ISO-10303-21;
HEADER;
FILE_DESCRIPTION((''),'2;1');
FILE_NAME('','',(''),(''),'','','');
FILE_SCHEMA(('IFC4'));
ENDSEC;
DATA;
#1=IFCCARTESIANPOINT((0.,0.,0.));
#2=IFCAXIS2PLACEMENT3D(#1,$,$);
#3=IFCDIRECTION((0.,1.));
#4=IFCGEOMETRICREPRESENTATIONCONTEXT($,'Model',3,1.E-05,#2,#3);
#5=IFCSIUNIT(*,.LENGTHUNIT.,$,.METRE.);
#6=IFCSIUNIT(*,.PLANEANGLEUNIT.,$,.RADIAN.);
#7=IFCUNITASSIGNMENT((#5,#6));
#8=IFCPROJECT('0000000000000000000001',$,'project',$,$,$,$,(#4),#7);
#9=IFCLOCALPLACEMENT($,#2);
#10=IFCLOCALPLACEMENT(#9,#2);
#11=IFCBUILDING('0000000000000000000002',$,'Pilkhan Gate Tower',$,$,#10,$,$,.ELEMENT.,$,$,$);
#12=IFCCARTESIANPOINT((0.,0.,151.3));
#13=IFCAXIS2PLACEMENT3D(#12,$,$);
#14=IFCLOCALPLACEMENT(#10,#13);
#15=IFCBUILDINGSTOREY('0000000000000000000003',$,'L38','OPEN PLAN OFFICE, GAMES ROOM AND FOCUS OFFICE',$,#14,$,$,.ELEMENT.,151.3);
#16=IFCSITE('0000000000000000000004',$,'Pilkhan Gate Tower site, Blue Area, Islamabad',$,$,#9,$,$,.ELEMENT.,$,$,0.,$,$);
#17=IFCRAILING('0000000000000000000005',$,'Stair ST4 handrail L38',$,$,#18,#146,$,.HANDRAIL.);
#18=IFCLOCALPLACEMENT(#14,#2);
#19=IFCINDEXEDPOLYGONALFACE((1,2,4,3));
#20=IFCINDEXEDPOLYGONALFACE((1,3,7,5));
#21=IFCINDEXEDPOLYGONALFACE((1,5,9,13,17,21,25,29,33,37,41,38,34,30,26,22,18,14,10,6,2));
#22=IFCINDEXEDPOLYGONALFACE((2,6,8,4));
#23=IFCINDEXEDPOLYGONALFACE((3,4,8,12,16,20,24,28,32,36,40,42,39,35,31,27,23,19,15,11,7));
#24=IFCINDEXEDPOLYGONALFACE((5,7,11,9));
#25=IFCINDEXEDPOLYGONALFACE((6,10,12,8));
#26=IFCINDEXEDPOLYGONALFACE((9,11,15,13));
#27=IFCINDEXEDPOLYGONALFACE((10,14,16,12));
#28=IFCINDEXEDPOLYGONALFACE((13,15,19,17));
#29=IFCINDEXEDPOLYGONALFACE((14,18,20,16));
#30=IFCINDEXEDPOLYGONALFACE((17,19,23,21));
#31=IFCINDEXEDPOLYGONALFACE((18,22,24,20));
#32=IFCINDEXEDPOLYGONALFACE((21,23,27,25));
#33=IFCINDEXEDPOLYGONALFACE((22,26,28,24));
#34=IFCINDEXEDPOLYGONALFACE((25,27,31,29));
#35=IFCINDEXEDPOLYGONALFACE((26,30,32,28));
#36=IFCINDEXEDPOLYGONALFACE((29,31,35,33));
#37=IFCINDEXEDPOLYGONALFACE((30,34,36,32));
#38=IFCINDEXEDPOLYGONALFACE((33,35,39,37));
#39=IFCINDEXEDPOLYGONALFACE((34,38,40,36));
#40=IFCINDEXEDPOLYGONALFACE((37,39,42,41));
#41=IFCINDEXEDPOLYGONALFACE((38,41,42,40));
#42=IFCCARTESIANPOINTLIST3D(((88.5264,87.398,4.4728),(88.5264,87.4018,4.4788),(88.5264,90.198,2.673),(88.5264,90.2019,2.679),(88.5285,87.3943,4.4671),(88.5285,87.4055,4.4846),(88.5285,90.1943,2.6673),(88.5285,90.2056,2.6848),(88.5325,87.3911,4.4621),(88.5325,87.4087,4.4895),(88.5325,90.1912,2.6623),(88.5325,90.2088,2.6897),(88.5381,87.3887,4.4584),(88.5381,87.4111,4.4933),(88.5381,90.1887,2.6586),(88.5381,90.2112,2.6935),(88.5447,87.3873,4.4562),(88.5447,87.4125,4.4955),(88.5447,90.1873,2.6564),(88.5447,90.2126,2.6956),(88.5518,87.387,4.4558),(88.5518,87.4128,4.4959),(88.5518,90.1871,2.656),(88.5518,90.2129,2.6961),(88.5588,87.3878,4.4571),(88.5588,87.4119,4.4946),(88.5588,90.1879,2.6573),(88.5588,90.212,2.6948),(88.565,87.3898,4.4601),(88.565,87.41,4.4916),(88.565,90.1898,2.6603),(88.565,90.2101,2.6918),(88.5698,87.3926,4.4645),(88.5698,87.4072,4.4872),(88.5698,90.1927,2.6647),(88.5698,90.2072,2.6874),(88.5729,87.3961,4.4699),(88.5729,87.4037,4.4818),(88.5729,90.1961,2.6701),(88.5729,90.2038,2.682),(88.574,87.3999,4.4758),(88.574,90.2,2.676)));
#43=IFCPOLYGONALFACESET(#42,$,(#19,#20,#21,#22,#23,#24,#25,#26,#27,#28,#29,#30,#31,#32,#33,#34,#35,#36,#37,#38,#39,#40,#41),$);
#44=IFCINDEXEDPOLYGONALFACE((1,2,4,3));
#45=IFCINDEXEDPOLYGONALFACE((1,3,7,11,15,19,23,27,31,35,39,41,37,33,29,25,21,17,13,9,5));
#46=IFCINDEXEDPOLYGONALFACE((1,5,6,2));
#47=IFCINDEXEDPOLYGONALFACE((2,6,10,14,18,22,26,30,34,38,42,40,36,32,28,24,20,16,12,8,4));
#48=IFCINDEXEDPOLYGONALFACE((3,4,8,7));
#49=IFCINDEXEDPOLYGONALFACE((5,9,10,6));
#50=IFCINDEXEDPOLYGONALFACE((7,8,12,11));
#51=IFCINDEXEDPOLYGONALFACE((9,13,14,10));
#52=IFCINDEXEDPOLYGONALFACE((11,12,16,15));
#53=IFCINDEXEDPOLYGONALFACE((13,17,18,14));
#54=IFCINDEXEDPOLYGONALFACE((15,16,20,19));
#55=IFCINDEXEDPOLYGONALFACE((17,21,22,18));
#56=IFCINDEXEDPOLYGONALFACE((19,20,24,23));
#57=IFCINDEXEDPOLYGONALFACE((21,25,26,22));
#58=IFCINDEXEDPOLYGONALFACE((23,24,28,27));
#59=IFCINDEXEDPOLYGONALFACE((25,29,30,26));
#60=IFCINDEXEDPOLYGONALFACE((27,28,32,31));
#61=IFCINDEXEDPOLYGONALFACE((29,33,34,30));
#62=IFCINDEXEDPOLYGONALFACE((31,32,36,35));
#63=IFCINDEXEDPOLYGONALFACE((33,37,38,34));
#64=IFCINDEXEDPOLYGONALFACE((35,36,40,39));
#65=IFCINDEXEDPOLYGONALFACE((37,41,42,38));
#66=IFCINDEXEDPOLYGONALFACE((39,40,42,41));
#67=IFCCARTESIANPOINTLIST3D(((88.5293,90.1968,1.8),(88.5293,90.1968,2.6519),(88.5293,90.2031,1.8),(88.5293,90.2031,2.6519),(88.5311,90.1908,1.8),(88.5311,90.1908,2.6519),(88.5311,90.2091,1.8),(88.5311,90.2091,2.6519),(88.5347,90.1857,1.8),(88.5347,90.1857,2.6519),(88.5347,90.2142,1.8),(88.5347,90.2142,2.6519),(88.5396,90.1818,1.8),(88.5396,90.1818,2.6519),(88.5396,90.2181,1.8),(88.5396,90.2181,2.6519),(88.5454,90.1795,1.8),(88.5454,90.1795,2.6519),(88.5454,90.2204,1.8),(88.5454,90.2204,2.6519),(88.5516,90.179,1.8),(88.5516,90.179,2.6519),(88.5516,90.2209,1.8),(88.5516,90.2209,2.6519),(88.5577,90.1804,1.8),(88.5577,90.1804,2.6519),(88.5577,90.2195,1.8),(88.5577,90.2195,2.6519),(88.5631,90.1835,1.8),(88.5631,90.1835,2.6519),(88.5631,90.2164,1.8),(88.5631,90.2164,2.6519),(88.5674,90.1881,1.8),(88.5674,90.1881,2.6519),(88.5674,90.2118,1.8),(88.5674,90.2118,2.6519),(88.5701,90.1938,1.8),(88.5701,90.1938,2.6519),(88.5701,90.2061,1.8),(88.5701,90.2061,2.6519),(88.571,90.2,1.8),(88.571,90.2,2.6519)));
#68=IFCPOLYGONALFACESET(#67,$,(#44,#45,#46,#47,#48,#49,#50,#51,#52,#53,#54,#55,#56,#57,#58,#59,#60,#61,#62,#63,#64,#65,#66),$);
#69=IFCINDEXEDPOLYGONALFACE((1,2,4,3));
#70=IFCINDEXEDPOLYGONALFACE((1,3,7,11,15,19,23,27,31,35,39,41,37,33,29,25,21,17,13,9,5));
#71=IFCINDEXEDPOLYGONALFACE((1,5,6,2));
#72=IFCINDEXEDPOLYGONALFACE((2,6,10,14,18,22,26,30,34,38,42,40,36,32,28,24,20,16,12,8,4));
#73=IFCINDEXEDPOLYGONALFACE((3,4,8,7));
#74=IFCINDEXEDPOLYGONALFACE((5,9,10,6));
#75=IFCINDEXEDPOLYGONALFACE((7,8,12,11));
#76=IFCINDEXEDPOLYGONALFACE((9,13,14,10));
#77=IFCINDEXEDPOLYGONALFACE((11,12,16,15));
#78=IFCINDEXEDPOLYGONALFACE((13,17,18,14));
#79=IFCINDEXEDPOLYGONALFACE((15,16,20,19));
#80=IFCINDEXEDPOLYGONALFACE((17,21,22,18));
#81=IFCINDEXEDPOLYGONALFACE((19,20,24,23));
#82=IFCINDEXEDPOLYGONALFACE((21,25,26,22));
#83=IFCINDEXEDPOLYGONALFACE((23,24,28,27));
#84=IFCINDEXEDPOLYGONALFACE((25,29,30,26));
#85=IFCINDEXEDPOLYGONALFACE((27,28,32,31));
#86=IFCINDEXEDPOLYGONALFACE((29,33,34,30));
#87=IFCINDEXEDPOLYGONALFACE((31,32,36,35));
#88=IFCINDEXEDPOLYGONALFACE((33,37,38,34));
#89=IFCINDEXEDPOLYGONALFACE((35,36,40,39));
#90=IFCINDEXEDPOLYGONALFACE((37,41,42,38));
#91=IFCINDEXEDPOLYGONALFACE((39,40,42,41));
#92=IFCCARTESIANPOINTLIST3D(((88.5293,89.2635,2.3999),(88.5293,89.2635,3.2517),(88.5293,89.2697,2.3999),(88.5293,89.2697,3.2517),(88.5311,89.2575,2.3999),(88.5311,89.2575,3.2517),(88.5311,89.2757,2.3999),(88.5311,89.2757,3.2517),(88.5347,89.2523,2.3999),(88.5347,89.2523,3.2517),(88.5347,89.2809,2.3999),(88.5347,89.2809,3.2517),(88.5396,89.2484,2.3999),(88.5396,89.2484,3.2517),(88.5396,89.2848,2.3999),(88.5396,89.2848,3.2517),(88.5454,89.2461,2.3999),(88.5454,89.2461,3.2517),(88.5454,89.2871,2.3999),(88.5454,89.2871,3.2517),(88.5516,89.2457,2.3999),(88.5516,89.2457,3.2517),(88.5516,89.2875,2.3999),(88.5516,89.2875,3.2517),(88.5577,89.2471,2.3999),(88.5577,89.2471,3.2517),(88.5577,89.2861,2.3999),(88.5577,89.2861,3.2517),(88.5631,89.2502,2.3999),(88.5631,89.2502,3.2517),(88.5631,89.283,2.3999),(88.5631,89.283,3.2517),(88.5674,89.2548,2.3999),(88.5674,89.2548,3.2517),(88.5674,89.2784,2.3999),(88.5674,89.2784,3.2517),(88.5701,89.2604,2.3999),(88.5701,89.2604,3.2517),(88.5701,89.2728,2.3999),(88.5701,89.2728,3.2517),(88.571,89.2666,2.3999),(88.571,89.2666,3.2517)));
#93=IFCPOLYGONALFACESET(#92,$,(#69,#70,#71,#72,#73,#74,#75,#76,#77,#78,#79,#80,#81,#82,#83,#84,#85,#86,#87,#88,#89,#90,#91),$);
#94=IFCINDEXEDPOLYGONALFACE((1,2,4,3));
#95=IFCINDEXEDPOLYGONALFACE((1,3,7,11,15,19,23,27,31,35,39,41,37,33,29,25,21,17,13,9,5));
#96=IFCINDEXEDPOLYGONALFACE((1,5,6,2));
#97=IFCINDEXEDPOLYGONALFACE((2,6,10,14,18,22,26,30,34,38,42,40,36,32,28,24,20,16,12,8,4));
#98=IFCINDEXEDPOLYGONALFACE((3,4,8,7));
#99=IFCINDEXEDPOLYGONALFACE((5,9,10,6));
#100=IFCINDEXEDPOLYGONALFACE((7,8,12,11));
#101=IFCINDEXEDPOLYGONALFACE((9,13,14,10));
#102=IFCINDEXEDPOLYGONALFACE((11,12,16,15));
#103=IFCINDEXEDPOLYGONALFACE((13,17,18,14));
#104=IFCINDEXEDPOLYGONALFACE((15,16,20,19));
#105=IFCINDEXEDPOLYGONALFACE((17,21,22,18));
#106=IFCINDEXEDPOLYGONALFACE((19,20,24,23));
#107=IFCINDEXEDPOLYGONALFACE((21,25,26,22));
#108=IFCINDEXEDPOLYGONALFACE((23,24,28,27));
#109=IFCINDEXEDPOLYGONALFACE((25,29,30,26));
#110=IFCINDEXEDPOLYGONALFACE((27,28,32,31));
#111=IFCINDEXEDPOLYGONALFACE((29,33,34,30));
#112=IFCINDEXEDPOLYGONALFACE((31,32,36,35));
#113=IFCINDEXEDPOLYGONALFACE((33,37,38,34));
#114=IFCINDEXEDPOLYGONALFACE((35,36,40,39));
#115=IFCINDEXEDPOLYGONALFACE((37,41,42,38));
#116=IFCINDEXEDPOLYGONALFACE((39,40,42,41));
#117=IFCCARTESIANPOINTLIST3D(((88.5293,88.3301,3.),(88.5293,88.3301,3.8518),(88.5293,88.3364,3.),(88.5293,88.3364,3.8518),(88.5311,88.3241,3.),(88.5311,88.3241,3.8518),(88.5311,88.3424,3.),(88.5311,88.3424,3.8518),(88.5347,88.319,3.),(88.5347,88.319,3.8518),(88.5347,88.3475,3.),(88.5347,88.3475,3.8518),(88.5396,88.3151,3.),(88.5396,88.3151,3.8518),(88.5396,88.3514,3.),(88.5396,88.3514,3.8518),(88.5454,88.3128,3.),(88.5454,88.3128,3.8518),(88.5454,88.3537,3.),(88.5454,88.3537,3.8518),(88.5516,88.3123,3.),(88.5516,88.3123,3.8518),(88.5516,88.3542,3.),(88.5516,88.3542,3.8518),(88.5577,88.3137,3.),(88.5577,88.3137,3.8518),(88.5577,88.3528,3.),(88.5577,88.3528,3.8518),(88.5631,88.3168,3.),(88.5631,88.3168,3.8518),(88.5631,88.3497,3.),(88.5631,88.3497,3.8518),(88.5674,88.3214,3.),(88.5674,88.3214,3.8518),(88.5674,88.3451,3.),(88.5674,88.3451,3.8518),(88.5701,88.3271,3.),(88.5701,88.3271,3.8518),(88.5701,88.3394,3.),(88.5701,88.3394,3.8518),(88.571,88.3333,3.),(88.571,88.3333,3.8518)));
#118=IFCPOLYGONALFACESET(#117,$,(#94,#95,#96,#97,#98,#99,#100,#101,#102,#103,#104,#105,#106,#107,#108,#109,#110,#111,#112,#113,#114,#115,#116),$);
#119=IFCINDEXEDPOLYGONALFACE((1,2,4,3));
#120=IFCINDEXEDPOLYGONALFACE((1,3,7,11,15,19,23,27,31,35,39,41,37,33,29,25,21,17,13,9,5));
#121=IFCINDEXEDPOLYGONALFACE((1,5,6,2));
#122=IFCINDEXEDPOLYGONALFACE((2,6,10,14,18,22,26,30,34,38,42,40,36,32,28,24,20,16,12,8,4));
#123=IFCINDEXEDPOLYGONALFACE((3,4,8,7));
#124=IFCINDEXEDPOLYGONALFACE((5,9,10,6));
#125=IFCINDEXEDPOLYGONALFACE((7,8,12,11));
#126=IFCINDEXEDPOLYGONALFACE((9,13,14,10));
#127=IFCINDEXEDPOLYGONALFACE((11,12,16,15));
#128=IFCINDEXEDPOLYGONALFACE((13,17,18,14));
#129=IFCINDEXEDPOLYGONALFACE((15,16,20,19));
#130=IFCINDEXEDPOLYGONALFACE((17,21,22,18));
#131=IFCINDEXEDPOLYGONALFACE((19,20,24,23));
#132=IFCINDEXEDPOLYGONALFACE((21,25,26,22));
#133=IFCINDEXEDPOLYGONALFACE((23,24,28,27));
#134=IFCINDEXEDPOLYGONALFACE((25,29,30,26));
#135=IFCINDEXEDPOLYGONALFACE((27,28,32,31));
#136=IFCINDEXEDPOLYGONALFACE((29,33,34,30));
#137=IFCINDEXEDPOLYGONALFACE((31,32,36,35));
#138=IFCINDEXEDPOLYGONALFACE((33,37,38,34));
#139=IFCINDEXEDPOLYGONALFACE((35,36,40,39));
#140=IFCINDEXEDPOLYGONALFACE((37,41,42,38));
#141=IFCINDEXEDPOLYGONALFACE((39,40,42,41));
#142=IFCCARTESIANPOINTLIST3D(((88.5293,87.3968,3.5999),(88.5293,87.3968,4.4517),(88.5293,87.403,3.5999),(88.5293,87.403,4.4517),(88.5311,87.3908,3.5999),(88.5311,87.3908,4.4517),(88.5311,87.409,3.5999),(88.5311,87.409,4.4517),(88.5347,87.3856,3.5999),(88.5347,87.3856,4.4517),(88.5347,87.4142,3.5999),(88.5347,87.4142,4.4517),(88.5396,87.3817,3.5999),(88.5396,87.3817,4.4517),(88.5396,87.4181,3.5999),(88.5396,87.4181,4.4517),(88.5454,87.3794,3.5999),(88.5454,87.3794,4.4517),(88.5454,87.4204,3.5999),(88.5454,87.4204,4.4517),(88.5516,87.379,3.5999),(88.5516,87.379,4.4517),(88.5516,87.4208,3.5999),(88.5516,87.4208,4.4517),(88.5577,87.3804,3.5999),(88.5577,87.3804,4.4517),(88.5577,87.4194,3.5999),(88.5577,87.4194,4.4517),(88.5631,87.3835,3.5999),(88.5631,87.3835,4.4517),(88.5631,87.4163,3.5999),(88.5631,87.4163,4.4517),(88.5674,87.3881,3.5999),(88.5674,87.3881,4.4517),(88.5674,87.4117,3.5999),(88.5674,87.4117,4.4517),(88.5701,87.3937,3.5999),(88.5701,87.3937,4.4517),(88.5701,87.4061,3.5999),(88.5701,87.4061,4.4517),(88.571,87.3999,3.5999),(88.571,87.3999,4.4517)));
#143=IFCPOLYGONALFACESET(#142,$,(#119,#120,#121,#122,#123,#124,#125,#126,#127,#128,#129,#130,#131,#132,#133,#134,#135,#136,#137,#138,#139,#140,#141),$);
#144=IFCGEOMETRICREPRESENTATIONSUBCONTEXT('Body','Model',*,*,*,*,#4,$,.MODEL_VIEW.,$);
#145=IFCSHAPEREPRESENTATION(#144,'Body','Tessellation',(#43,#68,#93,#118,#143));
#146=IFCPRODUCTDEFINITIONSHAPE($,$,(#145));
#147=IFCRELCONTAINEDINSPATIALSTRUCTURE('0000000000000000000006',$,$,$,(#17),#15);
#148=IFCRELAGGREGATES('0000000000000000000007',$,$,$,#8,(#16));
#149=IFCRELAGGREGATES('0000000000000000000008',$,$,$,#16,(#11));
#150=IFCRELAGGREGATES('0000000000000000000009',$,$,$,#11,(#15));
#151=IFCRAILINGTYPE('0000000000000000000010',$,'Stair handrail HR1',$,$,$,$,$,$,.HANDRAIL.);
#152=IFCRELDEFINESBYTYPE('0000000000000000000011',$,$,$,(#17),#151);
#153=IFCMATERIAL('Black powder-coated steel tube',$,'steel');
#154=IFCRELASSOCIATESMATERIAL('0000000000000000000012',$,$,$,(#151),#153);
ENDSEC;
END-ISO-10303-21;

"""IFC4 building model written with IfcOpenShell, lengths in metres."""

from ifc_helpers import new_model, si_unit, direction, frame, origin, origin_2d, place, context, subcontext, project, spatial, circle, extrude, material, type_object, element, save


model = new_model("IFC4")

# Units and contexts
model_context = context("Model", 3, precision=1e-05, world=origin(), true_north=direction((0.0, 1.0)))
body_context = subcontext(model_context, "Body", "Model", "MODEL_VIEW")
ifc_project = project(units=[si_unit("LENGTHUNIT", "METRE"), si_unit("PLANEANGLEUNIT", "RADIAN")], contexts=[model_context])

# Site, building, storey
site_placement = place(None, origin())
site = spatial("IfcSite", under=ifc_project, at=site_placement, Name="Pilkhan Gate Tower site, Blue Area, Islamabad", CompositionType="ELEMENT", RefElevation=0.0)
building_placement = place(site_placement, origin())
building = spatial("IfcBuilding", under=site, at=building_placement, Name="Pilkhan Gate Tower", CompositionType="ELEMENT")
storey_placement = place(building_placement, frame((0.0, 0.0, 151.3)))
storey = spatial("IfcBuildingStorey", under=building, at=storey_placement, Name="L38", Description="OPEN PLAN OFFICE, GAMES ROOM AND FOCUS OFFICE", CompositionType="ELEMENT", Elevation=151.3)

# Railing
ifc_material_1 = material(Name="Black powder-coated steel tube", Category="steel")
railing_type_1 = type_object("IfcRailingType", Name="Stair handrail HR1", PredefinedType="HANDRAIL", material=ifc_material_1)
railing_1_placement = place(storey_placement, frame((88.55, 90.2, 1.8)))
element("IfcRailing", 1, at=railing_1_placement, inside=storey, type_object=railing_type_1, Name="Stair ST4 handrail L38", PredefinedType="HANDRAIL", context=body_context, shape_type="SweptSolid", body=[
    extrude(circle(Radius=0.0239, at=origin_2d()), frame((0.0, 0.0, 0.876), z_axis=(0.0, -0.841209, 0.540709), x_axis=(1.0, 0.0, 0.0)), (0.0, 0.0, 1.0), 3.3286),
    extrude(circle(Radius=0.021, at=origin_2d()), origin(), (0.0, 0.0, 1.0), 0.8518),
    extrude(circle(Radius=0.021, at=origin_2d()), frame((0.0, -0.9333, 0.5999)), (0.0, 0.0, 1.0), 0.8518),
    extrude(circle(Radius=0.021, at=origin_2d()), frame((0.0, -1.8667, 1.2)), (0.0, 0.0, 1.0), 0.8518),
    extrude(circle(Radius=0.021, at=origin_2d()), frame((0.0, -2.8, 1.7998)), (0.0, 0.0, 1.0), 0.8518),
])

save(model, "model.ifc")
